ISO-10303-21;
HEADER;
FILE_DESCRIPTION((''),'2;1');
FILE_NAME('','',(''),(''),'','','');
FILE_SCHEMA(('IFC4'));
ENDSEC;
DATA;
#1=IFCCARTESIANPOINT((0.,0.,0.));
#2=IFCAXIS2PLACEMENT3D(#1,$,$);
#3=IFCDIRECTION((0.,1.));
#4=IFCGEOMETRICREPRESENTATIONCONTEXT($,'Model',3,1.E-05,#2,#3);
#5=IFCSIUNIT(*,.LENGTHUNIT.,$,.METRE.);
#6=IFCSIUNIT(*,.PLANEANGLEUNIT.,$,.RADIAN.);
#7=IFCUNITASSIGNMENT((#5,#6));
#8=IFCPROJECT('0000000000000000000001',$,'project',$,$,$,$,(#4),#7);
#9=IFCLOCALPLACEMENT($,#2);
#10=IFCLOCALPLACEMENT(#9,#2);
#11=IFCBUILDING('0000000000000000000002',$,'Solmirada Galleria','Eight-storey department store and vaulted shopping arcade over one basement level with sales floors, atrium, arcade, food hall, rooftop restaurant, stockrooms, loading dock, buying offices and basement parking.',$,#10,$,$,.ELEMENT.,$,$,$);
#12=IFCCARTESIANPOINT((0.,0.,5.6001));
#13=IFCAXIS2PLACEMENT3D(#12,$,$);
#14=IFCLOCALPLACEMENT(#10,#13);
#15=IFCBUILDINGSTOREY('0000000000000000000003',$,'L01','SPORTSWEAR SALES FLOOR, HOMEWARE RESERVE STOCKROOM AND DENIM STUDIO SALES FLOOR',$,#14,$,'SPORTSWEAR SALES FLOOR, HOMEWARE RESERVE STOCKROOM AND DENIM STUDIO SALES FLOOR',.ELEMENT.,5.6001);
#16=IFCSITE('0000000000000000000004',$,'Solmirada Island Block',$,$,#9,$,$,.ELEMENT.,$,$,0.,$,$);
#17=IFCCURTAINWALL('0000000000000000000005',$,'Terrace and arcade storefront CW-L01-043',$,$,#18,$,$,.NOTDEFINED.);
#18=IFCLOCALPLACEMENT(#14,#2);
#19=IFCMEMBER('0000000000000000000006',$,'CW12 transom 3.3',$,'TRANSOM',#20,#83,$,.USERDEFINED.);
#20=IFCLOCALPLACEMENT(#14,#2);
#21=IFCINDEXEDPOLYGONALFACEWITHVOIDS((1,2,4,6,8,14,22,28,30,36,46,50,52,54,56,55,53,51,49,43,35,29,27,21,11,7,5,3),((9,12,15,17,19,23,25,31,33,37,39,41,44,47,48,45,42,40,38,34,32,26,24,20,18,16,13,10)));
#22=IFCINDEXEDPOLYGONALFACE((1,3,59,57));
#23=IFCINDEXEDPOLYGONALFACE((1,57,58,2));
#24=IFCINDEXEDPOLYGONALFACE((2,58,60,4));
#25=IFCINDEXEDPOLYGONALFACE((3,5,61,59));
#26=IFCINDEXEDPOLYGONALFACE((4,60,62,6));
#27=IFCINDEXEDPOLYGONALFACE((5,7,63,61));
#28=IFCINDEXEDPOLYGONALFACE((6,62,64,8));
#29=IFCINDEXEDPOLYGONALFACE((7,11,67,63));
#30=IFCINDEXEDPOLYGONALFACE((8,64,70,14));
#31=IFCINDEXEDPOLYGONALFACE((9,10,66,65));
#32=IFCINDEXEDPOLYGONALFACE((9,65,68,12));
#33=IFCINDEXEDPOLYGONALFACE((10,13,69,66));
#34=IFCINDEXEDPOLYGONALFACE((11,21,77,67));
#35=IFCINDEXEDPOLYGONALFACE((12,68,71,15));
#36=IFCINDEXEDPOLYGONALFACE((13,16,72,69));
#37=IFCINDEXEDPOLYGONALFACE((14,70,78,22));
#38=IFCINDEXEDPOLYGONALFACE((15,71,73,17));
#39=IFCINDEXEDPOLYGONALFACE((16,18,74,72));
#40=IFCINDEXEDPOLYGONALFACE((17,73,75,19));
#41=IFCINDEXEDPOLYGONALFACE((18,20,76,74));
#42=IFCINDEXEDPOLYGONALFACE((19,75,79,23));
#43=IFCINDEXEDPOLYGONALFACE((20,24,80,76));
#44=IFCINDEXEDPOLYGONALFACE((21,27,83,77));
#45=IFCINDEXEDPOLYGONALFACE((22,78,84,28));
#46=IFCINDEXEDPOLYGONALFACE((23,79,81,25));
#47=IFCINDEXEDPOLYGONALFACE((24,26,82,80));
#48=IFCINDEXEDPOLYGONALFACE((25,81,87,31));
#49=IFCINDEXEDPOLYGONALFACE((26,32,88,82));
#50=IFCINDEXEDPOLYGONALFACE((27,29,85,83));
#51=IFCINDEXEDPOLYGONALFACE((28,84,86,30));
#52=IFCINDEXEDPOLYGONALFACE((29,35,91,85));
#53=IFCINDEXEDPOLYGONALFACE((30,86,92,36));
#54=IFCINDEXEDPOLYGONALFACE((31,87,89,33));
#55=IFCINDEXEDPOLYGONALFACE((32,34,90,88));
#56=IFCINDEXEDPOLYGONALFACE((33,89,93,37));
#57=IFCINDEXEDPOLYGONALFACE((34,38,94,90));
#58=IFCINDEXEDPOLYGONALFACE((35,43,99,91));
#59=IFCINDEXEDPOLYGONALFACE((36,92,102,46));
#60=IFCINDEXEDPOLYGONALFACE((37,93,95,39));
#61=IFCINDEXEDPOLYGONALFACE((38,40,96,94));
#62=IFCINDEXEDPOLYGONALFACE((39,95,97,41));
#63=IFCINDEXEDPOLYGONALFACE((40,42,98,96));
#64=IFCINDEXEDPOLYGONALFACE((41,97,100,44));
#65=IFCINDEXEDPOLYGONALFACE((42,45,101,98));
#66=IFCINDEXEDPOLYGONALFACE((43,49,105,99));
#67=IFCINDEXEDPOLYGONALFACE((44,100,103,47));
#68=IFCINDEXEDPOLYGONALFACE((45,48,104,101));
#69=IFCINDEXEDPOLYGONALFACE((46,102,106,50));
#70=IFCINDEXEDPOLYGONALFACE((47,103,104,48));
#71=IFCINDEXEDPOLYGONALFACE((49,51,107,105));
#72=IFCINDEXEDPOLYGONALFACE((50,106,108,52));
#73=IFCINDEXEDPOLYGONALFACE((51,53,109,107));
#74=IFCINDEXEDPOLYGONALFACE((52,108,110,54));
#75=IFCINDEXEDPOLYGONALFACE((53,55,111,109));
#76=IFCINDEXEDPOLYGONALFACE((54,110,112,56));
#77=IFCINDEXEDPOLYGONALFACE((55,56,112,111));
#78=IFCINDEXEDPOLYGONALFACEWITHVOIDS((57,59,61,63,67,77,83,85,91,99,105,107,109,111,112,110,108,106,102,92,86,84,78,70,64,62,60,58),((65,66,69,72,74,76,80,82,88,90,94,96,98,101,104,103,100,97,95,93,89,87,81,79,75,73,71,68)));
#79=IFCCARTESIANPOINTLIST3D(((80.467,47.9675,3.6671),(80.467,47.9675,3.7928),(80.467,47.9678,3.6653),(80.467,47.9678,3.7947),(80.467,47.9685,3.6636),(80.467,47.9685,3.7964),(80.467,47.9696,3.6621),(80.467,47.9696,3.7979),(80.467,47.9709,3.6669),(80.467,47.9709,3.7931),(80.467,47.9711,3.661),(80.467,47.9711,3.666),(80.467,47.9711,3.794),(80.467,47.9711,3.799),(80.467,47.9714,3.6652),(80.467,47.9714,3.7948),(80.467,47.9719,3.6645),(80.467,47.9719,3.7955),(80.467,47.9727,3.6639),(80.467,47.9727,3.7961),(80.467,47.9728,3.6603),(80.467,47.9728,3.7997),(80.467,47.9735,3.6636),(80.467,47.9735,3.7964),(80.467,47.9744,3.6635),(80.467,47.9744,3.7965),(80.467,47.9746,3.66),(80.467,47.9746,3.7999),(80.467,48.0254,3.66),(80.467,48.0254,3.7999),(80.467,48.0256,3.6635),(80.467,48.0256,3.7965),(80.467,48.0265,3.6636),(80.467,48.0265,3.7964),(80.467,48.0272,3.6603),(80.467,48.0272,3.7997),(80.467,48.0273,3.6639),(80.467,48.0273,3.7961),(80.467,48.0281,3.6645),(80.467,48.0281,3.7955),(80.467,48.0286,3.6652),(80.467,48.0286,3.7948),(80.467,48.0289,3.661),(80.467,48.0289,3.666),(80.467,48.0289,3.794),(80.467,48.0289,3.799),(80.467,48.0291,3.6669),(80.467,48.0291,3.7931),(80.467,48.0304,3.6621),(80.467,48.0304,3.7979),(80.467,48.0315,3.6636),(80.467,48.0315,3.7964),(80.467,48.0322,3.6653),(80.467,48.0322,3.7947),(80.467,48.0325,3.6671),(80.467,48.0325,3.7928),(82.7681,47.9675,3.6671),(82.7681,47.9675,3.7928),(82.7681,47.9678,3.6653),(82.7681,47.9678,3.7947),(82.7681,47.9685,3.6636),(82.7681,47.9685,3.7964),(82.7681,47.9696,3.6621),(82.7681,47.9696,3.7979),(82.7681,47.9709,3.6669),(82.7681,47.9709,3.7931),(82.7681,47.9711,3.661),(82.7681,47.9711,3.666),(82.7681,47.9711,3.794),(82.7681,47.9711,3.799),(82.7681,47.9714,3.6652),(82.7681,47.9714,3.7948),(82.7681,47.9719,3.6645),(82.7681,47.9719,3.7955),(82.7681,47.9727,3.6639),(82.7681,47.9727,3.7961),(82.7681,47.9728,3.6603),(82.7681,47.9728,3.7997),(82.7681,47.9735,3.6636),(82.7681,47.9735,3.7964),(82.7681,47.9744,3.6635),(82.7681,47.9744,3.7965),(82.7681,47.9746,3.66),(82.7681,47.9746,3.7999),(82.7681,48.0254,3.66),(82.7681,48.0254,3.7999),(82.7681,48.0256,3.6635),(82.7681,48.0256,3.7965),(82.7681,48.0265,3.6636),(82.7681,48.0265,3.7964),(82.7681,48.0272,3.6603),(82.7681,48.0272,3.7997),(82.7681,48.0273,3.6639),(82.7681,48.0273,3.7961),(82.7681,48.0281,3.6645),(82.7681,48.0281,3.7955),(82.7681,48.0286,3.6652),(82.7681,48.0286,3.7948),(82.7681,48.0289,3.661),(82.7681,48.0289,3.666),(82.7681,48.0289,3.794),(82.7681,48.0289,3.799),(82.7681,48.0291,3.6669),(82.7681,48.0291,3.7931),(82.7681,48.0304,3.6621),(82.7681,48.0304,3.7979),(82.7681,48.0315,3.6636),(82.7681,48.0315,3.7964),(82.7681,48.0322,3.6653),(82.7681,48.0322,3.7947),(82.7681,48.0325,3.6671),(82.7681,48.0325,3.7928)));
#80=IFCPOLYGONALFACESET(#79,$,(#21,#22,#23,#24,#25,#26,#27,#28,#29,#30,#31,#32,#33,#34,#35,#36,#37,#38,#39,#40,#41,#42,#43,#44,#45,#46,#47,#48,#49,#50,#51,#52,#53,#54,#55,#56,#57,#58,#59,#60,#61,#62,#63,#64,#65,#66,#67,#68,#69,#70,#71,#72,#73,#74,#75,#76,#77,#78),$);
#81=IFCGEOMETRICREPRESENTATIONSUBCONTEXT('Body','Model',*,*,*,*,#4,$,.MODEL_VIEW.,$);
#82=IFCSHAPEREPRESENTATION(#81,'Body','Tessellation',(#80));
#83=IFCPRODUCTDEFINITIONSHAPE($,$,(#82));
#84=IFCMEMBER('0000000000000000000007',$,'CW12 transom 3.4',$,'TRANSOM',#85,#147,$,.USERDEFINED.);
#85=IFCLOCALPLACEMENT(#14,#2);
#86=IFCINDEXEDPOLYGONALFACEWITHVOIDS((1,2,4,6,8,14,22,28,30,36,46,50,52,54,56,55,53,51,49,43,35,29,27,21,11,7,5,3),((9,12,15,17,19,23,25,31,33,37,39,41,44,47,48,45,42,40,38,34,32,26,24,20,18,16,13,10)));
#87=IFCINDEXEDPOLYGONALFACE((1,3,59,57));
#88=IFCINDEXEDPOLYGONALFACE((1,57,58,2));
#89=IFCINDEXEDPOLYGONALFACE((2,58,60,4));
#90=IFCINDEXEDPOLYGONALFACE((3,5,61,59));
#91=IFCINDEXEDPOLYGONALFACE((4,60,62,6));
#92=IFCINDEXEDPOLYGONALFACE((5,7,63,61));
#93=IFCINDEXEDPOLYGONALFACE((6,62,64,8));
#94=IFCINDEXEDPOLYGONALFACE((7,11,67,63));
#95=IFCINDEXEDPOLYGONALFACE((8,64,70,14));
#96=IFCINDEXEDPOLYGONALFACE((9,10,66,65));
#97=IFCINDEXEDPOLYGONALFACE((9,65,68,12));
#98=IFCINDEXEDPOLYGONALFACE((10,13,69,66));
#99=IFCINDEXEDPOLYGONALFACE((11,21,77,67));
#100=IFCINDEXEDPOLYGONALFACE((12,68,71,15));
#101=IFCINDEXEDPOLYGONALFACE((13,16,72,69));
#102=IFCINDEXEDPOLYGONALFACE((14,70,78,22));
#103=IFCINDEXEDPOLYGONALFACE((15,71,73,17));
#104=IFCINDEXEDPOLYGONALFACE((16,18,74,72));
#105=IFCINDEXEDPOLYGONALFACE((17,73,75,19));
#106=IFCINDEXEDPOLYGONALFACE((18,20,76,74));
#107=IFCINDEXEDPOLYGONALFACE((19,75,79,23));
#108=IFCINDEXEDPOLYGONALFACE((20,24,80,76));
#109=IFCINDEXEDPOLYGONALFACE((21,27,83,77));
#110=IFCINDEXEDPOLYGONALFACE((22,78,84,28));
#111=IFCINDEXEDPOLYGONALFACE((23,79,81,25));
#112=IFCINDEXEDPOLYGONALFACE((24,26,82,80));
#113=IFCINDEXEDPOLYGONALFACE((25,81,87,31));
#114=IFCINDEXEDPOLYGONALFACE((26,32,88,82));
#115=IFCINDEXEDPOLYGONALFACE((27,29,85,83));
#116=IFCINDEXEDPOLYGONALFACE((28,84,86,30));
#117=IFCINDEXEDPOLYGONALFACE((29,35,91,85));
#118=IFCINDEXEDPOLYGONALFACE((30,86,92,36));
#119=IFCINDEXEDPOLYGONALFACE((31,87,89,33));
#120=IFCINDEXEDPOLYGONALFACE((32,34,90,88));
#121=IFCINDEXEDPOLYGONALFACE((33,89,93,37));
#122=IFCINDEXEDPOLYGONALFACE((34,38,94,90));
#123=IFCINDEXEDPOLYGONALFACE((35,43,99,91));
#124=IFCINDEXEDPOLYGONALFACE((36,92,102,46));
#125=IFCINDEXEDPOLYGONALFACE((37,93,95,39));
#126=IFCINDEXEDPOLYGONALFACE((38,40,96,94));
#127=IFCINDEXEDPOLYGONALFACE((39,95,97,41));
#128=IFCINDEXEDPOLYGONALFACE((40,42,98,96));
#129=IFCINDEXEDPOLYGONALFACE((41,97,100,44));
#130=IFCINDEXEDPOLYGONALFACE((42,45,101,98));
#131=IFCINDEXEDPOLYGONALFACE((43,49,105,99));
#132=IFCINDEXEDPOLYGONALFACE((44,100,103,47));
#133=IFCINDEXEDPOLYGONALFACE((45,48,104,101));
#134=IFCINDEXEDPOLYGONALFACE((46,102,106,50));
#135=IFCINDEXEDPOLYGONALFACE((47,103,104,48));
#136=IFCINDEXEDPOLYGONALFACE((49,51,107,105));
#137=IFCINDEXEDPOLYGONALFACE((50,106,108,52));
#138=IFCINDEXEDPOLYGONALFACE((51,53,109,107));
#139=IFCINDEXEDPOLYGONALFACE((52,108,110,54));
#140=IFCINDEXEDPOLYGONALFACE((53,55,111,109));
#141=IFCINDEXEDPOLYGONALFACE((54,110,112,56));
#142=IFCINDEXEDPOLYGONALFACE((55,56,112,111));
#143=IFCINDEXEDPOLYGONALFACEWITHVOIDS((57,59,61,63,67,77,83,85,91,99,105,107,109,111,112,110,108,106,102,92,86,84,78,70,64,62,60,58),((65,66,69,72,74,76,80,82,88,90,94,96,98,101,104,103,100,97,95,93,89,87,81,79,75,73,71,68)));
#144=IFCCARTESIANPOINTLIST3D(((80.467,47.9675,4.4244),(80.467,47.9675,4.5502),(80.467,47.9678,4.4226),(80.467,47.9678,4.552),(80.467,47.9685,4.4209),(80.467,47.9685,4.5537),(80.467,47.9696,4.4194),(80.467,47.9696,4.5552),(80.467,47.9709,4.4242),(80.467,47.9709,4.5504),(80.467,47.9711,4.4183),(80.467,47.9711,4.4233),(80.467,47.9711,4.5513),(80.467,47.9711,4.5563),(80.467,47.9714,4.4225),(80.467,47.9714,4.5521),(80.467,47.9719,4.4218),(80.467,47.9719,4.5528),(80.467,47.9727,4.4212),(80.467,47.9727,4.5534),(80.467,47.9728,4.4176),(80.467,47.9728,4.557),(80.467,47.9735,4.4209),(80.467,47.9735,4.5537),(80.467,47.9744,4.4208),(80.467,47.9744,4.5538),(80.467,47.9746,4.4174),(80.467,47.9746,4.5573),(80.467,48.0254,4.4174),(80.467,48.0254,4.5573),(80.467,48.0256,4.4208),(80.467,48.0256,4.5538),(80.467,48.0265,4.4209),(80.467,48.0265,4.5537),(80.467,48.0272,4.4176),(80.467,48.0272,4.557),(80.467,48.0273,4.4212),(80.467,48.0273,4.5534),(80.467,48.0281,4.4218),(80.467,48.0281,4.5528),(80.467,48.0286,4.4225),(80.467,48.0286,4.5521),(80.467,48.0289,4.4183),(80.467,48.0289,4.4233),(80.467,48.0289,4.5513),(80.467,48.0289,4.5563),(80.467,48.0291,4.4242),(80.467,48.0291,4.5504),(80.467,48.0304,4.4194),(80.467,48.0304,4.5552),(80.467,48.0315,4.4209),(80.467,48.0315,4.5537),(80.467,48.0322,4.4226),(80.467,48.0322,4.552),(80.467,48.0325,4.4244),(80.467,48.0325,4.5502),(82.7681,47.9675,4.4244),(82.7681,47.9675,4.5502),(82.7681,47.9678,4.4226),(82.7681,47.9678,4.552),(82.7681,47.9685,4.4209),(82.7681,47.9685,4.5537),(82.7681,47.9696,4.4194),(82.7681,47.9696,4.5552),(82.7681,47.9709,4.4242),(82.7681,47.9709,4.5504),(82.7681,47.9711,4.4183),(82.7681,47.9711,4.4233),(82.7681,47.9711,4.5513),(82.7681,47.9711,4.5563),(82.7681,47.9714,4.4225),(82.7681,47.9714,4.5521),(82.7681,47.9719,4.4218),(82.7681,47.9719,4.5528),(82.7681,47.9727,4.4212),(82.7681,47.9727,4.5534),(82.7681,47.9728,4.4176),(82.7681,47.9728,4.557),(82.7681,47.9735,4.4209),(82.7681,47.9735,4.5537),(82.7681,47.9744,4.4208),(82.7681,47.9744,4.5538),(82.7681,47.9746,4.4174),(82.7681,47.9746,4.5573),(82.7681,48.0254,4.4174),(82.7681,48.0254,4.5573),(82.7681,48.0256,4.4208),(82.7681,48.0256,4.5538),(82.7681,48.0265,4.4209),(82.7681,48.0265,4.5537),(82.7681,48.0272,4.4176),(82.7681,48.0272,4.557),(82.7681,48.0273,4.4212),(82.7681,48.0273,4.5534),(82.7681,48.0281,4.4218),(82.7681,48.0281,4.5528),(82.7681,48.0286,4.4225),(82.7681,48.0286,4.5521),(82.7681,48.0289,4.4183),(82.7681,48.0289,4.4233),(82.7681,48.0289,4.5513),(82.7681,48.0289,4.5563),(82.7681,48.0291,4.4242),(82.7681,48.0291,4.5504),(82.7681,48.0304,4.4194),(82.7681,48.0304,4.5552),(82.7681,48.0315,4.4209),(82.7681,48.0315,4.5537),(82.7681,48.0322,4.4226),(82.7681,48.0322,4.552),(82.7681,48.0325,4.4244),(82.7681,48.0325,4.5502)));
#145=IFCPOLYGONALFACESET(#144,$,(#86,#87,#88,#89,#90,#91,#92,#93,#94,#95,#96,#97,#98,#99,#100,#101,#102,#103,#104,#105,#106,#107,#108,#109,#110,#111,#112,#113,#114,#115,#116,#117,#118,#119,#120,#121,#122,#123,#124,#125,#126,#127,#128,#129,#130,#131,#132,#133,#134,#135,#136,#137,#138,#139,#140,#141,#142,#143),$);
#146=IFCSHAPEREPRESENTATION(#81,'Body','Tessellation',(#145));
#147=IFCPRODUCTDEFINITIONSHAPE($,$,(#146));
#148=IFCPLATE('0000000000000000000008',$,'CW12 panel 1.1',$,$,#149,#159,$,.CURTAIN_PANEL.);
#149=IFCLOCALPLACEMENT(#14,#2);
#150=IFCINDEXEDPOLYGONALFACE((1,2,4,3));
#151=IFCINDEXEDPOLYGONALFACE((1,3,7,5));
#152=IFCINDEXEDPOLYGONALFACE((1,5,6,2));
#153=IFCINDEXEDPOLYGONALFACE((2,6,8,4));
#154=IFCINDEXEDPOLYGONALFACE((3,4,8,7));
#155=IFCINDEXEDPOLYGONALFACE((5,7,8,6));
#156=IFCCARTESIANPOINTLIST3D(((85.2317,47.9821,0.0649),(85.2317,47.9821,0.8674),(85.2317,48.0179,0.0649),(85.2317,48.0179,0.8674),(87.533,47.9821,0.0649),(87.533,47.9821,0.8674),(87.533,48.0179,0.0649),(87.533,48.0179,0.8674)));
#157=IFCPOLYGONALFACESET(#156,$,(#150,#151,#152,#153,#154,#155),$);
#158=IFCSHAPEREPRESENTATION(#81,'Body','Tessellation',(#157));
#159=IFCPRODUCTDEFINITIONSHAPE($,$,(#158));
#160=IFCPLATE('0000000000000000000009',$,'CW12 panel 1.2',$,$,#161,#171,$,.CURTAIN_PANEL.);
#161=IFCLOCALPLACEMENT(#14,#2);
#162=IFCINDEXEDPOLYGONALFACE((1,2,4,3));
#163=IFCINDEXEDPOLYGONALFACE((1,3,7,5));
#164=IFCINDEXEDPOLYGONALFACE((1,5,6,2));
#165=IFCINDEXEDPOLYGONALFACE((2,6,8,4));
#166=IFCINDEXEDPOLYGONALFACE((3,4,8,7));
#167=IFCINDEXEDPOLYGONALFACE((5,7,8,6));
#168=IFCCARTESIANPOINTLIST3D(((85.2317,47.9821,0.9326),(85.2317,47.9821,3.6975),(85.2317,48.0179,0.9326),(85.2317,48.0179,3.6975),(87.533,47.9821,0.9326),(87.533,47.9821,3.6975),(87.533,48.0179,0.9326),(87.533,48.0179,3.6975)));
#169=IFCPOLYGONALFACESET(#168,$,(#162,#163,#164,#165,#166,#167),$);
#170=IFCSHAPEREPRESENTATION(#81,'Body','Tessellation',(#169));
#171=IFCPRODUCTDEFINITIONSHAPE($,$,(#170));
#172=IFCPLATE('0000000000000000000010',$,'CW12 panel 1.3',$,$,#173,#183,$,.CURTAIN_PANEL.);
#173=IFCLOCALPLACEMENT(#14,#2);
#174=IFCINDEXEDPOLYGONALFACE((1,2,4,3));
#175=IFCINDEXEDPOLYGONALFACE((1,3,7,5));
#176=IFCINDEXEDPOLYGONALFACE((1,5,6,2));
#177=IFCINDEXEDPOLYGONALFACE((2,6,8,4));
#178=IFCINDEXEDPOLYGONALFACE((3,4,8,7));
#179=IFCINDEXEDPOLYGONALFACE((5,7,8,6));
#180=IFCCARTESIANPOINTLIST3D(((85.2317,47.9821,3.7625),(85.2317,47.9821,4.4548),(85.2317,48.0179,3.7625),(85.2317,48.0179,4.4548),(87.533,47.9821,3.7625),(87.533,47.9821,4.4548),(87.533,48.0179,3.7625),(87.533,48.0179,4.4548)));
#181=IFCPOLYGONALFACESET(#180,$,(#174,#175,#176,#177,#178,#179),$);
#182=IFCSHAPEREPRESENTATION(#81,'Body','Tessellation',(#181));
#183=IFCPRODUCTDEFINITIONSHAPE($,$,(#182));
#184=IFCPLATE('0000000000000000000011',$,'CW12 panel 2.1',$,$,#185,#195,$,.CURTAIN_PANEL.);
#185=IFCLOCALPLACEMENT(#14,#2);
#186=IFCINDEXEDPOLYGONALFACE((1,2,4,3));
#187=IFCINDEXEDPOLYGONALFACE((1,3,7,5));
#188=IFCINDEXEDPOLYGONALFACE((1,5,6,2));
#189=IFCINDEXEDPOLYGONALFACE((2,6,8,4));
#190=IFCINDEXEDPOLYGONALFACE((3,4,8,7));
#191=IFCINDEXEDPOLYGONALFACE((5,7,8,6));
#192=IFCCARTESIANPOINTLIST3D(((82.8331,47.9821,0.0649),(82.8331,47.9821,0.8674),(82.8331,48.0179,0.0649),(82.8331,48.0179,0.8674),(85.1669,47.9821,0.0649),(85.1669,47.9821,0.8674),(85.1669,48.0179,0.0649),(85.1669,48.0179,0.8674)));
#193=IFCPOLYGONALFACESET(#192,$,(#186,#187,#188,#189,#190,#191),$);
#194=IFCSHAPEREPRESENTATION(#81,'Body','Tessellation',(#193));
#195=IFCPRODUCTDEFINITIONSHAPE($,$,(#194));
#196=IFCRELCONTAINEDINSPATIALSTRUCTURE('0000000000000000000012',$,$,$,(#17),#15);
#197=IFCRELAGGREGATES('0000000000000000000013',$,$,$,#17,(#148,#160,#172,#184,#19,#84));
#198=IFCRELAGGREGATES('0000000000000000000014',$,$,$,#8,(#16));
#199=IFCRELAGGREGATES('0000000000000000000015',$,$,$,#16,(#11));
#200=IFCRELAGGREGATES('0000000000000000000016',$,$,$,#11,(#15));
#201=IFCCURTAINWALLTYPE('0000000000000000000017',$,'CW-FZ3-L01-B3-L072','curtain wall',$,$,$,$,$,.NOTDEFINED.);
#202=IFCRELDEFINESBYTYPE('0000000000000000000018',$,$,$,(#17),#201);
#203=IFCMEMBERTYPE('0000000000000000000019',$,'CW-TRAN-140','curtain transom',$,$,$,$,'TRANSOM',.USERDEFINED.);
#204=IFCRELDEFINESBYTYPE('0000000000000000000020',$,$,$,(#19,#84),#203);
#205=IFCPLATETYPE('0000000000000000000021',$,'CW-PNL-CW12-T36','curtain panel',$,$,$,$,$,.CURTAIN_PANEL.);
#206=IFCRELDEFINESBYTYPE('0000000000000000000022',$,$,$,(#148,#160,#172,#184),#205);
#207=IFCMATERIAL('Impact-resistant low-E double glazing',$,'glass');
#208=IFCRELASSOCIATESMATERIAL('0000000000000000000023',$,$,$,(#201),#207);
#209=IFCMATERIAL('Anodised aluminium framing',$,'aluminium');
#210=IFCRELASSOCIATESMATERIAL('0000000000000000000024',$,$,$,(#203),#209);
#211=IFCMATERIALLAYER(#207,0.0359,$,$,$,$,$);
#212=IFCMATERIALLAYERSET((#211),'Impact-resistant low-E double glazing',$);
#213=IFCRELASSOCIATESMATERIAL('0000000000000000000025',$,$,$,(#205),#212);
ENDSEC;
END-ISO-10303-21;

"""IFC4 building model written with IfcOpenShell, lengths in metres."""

from ifc_helpers import new_model, si_unit, direction, frame, origin, origin_2d, place, context, subcontext, project, spatial, rectangle, hollow_rectangle, extrude, material, layer, layer_set, material_profile, profile_set, type_object, element, aggregate, save


model = new_model("IFC4")

# Units and contexts
model_context = context("Model", 3, precision=1e-05, world=origin(), true_north=direction((0.0, 1.0)))
body_context = subcontext(model_context, "Body", "Model", "MODEL_VIEW")
ifc_project = project(units=[si_unit("LENGTHUNIT", "METRE"), si_unit("PLANEANGLEUNIT", "RADIAN")], contexts=[model_context])

# Site, building, storey
site_placement = place(None, origin())
site = spatial("IfcSite", under=ifc_project, at=site_placement, Name="Solmirada Island Block", CompositionType="ELEMENT", RefElevation=0.0)
building_placement = place(site_placement, origin())
building = spatial("IfcBuilding", under=site, at=building_placement, Name="Solmirada Galleria", Description="Eight-storey department store and vaulted shopping arcade over one basement level with sales floors, atrium, arcade, food hall, rooftop restaurant, stockrooms, loading dock, buying offices and basement parking.", CompositionType="ELEMENT")
storey_placement = place(building_placement, frame((0.0, 0.0, 5.6001)))
storey = spatial("IfcBuildingStorey", under=building, at=storey_placement, Name="L01", Description="SPORTSWEAR SALES FLOOR, HOMEWARE RESERVE STOCKROOM AND DENIM STUDIO SALES FLOOR", LongName="SPORTSWEAR SALES FLOOR, HOMEWARE RESERVE STOCKROOM AND DENIM STUDIO SALES FLOOR", CompositionType="ELEMENT", Elevation=5.6001)

# Curtain wall
ifc_material_1 = material(Name="Impact-resistant low-E double glazing", Category="glass")
curtain_wall_type = type_object("IfcCurtainWallType", Name="CW-FZ3-L01-B3-L072", Description="curtain wall", PredefinedType="NOTDEFINED", material=ifc_material_1)
curtain_wall_1_placement = place(storey_placement, origin())
curtain_wall_1 = element("IfcCurtainWall", 1, at=curtain_wall_1_placement, inside=storey, type_object=curtain_wall_type, Name="Terrace and arcade storefront CW-L01-043", PredefinedType="NOTDEFINED")
ifc_material_2 = material(Name="Anodised aluminium framing", Category="aluminium")

# Members
ifc_material_profile_1 = material_profile(ifc_material_2, hollow_rectangle(XDim=0.0649, YDim=0.1399, WallThickness=0.0034, InnerFilletRadius=0.0034, OuterFilletRadius=0.0071, at=origin_2d()), Name="ALU-TRAN-140X65")
ifc_profile_set_1 = profile_set([ifc_material_profile_1], Name="Anodised aluminium framing")
member_type_1 = type_object("IfcMemberType", Name="CW-TRAN-140", Description="curtain transom", ElementType="TRANSOM", PredefinedType="USERDEFINED", material=ifc_profile_set_1)
member_1_placement = place(storey_placement, frame((82.7681, 48.0, 3.73), z_axis=(-1.0, 0.0, 0.0), x_axis=(0.0, -1.0, 0.0)))
member_1 = element("IfcMember", 2, at=member_1_placement, type_object=member_type_1, Name="CW12 transom 3.3", ObjectType="TRANSOM", PredefinedType="USERDEFINED", context=body_context, shape_type="SweptSolid", body=[
    extrude(hollow_rectangle(XDim=0.0649, YDim=0.1399, WallThickness=0.0034, InnerFilletRadius=0.0034, OuterFilletRadius=0.0071, at=origin_2d()), origin(), (0.0, 0.0, 1.0), 2.301),
])
member_2_placement = place(storey_placement, frame((82.7681, 48.0, 4.4873), z_axis=(-1.0, 0.0, 0.0), x_axis=(0.0, -1.0, 0.0)))
member_2 = element("IfcMember", 3, at=member_2_placement, type_object=member_type_1, Name="CW12 transom 3.4", ObjectType="TRANSOM", PredefinedType="USERDEFINED", context=body_context, shape_type="SweptSolid", body=[
    extrude(hollow_rectangle(XDim=0.0649, YDim=0.1399, WallThickness=0.0034, InnerFilletRadius=0.0034, OuterFilletRadius=0.0071, at=origin_2d()), origin(), (0.0, 0.0, 1.0), 2.301),
])

# Plates
ifc_layer_1 = layer(ifc_material_1, 0.0359)
ifc_layer_set_1 = layer_set([ifc_layer_1], Name="Impact-resistant low-E double glazing")
plate_type = type_object("IfcPlateType", Name="CW-PNL-CW12-T36", Description="curtain panel", PredefinedType="CURTAIN_PANEL", material=ifc_layer_set_1)
plate_1_placement = place(storey_placement, frame((86.3823, 48.0, 0.0649), z_axis=(0.0, 0.0, 1.0), x_axis=(-1.0, 0.0, 0.0)))
plate_1 = element("IfcPlate", 4, at=plate_1_placement, type_object=plate_type, Name="CW12 panel 1.1", PredefinedType="CURTAIN_PANEL", context=body_context, shape_type="SweptSolid", body=[
    extrude(rectangle(XDim=2.3013, YDim=0.0359, at=origin_2d()), origin(), (0.0, 0.0, 1.0), 0.8025),
])
plate_2_placement = place(storey_placement, frame((86.3823, 48.0, 0.9326), z_axis=(0.0, 0.0, 1.0), x_axis=(-1.0, 0.0, 0.0)))
plate_2 = element("IfcPlate", 5, at=plate_2_placement, type_object=plate_type, Name="CW12 panel 1.2", PredefinedType="CURTAIN_PANEL", context=body_context, shape_type="SweptSolid", body=[
    extrude(rectangle(XDim=2.3013, YDim=0.0359, at=origin_2d()), origin(), (0.0, 0.0, 1.0), 2.7649),
])
plate_3_placement = place(storey_placement, frame((86.3823, 48.0, 3.7625), z_axis=(0.0, 0.0, 1.0), x_axis=(-1.0, 0.0, 0.0)))
plate_3 = element("IfcPlate", 6, at=plate_3_placement, type_object=plate_type, Name="CW12 panel 1.3", PredefinedType="CURTAIN_PANEL", context=body_context, shape_type="SweptSolid", body=[
    extrude(rectangle(XDim=2.3013, YDim=0.0359, at=origin_2d()), origin(), (0.0, 0.0, 1.0), 0.6924),
])
plate_4_placement = place(storey_placement, frame((84.0, 48.0, 0.0649), z_axis=(0.0, 0.0, 1.0), x_axis=(-1.0, 0.0, 0.0)))
plate_4 = element("IfcPlate", 7, at=plate_4_placement, type_object=plate_type, Name="CW12 panel 2.1", PredefinedType="CURTAIN_PANEL", context=body_context, shape_type="SweptSolid", body=[
    extrude(rectangle(XDim=2.3337, YDim=0.0359, at=origin_2d()), origin(), (0.0, 0.0, 1.0), 0.8025),
])
aggregate(curtain_wall_1, [plate_1, plate_2, plate_3, plate_4, member_1, member_2])

save(model, "model.ifc")
